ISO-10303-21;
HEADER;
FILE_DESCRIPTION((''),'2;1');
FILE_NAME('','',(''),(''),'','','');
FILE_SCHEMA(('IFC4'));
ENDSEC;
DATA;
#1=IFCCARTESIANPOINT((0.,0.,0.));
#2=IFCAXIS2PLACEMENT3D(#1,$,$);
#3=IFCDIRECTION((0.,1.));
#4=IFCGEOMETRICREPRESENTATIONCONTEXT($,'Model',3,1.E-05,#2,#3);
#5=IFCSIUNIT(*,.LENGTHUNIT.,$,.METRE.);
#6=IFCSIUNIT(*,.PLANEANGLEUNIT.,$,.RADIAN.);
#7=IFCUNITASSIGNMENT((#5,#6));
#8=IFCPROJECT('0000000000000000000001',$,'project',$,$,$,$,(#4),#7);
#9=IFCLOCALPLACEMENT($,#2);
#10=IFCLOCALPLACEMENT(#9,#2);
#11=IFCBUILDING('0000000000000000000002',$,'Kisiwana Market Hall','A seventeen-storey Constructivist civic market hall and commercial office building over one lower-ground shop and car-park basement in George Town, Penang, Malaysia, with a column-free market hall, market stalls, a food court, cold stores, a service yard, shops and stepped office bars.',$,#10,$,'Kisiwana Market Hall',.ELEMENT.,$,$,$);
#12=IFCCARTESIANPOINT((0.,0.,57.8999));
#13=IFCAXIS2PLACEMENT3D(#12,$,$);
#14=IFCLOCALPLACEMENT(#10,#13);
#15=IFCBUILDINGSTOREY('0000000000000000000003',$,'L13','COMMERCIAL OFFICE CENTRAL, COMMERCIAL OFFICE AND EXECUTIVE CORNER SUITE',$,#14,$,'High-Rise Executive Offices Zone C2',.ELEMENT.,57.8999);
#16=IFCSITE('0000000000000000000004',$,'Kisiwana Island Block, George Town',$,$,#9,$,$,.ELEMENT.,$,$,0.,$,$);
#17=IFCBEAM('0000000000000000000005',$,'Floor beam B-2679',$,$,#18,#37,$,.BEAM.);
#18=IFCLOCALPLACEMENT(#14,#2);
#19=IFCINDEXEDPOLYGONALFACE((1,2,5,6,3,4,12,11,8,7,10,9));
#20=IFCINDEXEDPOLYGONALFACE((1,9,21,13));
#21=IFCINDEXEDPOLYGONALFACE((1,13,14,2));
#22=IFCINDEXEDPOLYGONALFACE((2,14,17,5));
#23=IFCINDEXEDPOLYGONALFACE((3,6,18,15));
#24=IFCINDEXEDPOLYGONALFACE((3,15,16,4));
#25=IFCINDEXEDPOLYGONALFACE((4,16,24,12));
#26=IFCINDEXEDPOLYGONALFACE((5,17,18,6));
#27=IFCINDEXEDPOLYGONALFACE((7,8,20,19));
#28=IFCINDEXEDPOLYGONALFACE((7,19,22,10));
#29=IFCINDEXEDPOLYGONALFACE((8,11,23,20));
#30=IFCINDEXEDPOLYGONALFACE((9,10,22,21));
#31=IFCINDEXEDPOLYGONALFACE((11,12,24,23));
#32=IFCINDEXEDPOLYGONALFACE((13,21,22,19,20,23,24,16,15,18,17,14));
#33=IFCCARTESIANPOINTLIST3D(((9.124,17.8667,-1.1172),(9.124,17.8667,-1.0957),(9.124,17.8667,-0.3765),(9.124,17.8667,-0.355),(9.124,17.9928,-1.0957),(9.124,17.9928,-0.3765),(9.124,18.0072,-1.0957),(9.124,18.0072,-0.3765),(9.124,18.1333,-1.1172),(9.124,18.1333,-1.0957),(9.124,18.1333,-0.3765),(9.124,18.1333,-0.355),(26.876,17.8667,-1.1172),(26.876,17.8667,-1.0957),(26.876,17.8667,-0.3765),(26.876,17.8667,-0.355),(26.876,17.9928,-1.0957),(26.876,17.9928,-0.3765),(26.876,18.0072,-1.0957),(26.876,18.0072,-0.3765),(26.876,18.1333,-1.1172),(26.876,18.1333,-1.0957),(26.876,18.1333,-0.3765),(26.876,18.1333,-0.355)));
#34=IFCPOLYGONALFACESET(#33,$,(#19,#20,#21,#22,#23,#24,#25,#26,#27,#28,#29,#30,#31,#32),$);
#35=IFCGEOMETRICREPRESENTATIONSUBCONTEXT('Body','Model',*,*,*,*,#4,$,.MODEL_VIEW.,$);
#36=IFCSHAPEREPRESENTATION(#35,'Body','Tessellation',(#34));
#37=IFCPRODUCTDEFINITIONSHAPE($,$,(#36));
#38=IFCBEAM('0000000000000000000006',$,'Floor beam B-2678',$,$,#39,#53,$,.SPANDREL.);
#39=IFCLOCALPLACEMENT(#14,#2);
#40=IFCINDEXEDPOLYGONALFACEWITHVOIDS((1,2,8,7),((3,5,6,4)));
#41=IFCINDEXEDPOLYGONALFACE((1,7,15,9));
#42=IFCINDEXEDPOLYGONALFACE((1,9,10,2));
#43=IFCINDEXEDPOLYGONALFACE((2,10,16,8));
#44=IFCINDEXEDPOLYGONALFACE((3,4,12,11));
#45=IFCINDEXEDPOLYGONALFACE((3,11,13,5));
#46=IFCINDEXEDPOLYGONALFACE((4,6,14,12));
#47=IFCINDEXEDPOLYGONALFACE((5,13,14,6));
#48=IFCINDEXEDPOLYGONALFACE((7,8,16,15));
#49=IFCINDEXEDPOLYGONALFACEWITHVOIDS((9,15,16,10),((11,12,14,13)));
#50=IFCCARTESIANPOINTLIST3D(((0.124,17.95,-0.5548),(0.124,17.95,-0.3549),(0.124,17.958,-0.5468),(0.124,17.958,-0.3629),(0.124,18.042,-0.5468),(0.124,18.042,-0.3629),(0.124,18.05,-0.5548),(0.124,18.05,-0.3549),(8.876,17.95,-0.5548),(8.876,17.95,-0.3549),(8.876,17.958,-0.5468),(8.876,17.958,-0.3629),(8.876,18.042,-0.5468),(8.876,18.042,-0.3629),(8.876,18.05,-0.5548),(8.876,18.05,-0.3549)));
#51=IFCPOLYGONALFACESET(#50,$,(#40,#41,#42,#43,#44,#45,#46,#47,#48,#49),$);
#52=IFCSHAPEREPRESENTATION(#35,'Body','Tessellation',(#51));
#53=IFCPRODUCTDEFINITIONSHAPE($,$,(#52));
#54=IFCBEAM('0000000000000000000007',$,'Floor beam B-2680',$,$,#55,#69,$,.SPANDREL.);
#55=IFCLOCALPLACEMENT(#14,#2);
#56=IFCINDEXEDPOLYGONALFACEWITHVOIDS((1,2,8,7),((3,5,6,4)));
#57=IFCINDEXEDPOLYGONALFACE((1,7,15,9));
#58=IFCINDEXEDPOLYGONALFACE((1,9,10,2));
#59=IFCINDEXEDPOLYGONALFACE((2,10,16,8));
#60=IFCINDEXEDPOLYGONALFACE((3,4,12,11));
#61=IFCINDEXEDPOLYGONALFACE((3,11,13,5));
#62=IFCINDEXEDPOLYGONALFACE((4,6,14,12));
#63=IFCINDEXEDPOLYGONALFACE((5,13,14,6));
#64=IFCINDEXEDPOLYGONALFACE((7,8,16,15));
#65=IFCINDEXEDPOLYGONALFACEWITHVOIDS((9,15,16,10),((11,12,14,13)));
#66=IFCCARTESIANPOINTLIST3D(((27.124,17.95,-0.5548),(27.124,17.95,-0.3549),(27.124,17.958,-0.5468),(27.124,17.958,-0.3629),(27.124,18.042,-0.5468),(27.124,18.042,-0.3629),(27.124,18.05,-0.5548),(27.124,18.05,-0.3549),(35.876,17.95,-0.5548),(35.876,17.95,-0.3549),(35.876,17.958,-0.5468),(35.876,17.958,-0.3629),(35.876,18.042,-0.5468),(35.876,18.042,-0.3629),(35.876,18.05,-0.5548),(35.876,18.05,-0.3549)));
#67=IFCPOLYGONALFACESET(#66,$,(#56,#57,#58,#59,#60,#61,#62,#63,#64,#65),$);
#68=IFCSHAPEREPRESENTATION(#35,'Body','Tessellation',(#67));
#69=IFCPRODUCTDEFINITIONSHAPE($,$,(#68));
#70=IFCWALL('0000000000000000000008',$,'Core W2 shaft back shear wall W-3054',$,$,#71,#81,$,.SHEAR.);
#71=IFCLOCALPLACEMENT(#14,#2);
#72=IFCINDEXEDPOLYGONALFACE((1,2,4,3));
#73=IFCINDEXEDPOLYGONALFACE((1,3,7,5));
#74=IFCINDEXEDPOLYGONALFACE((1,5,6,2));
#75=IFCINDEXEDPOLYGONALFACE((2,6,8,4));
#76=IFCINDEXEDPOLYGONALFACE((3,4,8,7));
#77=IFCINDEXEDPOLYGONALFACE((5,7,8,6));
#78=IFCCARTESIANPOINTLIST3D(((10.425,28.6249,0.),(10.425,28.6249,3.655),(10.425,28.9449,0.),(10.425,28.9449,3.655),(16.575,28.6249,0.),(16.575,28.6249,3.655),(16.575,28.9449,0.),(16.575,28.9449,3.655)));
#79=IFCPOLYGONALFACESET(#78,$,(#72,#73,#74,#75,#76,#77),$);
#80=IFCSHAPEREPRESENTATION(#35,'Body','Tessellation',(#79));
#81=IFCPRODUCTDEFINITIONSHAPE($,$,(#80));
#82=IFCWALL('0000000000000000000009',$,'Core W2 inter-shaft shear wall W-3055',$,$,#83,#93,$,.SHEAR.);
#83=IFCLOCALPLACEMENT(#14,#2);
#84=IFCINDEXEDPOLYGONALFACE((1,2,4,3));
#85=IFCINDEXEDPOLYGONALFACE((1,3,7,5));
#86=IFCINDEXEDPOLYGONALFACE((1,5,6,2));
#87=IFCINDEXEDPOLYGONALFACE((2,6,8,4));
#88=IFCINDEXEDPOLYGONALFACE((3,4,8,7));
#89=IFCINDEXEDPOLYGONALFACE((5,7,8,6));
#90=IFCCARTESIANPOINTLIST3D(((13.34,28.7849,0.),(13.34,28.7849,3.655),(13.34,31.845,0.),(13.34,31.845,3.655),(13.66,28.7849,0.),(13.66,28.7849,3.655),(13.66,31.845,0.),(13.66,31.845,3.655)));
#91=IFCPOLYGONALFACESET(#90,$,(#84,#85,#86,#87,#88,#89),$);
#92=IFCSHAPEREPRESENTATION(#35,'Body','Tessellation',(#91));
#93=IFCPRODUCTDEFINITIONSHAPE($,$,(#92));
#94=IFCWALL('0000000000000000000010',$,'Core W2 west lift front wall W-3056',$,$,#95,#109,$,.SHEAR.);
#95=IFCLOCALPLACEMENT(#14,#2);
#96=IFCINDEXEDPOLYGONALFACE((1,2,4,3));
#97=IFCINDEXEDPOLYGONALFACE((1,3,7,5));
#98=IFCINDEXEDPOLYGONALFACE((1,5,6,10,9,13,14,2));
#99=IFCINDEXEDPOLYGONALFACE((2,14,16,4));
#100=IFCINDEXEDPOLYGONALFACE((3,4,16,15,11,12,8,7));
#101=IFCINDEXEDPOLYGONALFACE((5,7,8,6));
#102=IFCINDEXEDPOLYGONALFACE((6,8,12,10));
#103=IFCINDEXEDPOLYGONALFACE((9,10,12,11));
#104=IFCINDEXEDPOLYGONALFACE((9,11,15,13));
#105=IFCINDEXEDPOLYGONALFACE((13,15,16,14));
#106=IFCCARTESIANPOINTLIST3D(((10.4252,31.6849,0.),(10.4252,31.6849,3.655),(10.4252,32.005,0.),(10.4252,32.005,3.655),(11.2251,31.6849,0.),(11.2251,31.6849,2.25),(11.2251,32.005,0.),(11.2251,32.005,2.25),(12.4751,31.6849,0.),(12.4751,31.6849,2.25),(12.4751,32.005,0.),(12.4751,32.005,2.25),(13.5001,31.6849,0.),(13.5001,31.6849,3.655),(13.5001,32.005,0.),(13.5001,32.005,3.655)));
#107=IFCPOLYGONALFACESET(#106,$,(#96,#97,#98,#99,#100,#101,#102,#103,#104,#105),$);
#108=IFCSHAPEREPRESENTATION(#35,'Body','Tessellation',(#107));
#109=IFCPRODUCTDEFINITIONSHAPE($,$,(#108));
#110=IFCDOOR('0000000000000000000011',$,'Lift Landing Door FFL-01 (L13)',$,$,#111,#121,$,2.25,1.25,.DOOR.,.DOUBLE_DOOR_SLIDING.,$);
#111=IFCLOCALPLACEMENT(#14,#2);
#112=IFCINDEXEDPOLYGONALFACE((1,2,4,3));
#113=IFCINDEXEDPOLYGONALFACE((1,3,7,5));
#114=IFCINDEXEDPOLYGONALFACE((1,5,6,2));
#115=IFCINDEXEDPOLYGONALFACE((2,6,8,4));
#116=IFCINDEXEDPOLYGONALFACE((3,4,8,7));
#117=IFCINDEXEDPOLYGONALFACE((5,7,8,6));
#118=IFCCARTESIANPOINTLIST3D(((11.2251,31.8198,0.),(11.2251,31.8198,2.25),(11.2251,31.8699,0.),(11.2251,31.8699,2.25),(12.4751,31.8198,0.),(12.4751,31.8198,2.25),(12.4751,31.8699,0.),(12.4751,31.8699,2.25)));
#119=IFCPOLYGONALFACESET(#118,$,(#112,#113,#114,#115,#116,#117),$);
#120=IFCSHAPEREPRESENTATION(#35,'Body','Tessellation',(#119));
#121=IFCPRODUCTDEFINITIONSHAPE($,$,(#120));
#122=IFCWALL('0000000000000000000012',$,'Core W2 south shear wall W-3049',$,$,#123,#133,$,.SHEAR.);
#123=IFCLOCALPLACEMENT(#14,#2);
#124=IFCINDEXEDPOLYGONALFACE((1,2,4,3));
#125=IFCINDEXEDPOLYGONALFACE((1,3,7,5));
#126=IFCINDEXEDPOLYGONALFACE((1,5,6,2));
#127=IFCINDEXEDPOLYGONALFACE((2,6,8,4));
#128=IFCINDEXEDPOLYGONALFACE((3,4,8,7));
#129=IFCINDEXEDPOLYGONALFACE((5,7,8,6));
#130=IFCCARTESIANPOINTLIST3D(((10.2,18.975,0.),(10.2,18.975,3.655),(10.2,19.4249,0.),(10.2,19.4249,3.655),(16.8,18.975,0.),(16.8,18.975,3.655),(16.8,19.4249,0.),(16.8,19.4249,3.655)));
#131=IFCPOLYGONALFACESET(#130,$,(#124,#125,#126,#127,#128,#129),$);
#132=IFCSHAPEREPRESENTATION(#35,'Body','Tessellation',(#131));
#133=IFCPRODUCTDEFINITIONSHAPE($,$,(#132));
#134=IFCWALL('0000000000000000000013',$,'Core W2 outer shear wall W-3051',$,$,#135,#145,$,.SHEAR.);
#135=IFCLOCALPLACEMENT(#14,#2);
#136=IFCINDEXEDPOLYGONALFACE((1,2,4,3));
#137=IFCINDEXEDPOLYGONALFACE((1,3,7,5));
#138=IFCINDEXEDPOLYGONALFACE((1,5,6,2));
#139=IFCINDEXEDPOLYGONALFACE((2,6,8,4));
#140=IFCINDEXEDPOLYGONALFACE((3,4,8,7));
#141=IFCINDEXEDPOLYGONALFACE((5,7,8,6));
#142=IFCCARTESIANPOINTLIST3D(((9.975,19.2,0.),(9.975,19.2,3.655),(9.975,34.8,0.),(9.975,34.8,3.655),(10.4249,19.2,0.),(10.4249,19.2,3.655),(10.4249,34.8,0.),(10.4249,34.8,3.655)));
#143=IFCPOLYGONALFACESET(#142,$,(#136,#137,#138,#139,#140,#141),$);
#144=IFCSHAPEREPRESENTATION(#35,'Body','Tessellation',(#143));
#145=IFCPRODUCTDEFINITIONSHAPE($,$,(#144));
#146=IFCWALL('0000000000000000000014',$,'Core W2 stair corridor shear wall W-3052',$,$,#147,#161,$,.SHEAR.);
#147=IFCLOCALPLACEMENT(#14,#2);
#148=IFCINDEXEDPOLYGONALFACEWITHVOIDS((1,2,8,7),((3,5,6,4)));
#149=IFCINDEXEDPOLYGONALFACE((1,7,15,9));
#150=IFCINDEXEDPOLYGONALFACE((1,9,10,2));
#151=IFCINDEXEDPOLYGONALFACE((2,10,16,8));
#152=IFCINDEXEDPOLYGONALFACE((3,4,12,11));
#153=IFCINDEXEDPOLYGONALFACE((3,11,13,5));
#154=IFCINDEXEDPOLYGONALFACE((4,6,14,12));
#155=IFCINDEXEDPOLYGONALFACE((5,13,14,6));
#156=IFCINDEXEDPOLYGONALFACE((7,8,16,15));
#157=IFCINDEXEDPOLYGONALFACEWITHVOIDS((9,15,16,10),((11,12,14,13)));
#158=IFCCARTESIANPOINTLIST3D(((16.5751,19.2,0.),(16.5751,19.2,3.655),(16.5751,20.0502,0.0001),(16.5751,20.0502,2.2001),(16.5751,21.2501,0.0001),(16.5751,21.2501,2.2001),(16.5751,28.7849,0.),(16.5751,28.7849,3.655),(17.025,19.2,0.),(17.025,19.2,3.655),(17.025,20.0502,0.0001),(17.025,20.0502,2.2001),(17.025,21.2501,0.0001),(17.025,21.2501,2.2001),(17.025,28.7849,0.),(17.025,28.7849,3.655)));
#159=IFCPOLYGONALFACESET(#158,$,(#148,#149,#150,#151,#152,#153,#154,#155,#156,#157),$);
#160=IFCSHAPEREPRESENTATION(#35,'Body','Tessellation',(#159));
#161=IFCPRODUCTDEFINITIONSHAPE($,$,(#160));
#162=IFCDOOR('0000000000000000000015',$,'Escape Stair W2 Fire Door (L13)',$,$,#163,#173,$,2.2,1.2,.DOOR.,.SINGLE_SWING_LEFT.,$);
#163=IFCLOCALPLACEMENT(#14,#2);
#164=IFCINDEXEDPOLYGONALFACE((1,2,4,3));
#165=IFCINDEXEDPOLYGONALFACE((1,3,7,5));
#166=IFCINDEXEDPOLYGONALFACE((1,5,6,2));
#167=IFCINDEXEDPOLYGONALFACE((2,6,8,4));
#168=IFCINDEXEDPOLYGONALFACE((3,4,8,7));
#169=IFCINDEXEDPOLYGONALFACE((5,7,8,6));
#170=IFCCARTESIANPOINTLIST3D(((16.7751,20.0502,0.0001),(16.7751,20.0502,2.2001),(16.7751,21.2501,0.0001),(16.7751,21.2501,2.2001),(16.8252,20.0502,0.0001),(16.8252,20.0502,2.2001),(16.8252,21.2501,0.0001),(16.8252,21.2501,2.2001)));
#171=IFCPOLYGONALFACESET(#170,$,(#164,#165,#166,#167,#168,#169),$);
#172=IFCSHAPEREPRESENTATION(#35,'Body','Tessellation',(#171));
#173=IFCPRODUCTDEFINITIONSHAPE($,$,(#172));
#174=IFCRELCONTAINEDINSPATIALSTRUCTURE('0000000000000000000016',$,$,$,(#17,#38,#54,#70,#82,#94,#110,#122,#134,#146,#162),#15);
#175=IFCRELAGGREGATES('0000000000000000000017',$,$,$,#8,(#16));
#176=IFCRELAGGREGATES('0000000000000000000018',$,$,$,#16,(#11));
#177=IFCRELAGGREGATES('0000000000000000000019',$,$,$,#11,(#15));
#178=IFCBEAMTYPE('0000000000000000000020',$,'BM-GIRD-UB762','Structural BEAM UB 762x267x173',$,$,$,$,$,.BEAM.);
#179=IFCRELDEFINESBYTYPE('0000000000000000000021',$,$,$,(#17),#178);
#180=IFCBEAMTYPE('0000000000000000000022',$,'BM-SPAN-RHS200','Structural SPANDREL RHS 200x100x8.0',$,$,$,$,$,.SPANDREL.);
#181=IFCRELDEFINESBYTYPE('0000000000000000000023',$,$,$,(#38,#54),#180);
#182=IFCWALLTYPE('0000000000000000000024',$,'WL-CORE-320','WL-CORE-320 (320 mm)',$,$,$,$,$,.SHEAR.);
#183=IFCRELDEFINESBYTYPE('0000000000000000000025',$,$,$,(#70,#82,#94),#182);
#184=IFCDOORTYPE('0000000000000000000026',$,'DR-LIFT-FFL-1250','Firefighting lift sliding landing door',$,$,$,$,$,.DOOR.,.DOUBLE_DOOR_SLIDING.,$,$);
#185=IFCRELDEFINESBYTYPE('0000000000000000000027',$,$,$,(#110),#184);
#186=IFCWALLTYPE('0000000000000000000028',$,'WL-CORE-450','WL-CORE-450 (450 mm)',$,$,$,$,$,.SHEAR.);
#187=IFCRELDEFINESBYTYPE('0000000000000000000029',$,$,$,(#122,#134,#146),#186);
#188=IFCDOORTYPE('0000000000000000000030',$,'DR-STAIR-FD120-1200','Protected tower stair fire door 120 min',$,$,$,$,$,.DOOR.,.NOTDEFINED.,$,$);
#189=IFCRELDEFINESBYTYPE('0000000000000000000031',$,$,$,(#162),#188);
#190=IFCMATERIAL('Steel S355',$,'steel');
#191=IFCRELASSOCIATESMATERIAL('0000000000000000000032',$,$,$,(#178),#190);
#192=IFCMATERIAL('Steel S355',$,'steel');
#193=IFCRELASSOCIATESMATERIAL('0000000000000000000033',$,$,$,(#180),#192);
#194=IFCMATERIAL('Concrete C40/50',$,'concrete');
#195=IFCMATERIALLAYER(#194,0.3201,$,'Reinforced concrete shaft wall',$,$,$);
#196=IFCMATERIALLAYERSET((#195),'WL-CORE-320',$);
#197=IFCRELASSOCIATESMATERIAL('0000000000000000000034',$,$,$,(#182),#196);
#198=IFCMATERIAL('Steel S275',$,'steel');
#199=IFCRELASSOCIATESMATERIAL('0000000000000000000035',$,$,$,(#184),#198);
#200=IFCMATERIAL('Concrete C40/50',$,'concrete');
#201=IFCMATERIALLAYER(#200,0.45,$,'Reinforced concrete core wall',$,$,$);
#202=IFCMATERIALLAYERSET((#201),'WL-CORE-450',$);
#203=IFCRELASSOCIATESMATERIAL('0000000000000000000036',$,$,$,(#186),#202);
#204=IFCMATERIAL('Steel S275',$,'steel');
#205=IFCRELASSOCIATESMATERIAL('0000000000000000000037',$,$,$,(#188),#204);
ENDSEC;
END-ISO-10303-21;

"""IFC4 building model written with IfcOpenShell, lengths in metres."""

from ifc_helpers import new_model, si_unit, direction, frame, frame_2d, origin, origin_2d, place, context, subcontext, project, spatial, rectangle, hollow_rectangle, i_section, extrude, material, layer, layer_set, material_profile, profile_set, type_object, element, fill, save


model = new_model("IFC4")

# Units and contexts
model_context = context("Model", 3, precision=1e-05, world=origin(), true_north=direction((0.0, 1.0)))
body_context = subcontext(model_context, "Body", "Model", "MODEL_VIEW")
ifc_project = project(units=[si_unit("LENGTHUNIT", "METRE"), si_unit("PLANEANGLEUNIT", "RADIAN")], contexts=[model_context])

# Site, building, storey
site_placement = place(None, origin())
site = spatial("IfcSite", under=ifc_project, at=site_placement, Name="Kisiwana Island Block, George Town", CompositionType="ELEMENT", RefElevation=0.0)
building_placement = place(site_placement, origin())
building = spatial("IfcBuilding", under=site, at=building_placement, Name="Kisiwana Market Hall", Description="A seventeen-storey Constructivist civic market hall and commercial office building over one lower-ground shop and car-park basement in George Town, Penang, Malaysia, with a column-free market hall, market stalls, a food court, cold stores, a service yard, shops and stepped office bars.", LongName="Kisiwana Market Hall", CompositionType="ELEMENT")
storey_placement = place(building_placement, frame((0.0, 0.0, 57.8999)))
storey = spatial("IfcBuildingStorey", under=building, at=storey_placement, Name="L13", Description="COMMERCIAL OFFICE CENTRAL, COMMERCIAL OFFICE AND EXECUTIVE CORNER SUITE", LongName="High-Rise Executive Offices Zone C2", CompositionType="ELEMENT", Elevation=57.8999)

# Beams
ifc_material_1 = material(Name="Steel S355", Category="steel")
ifc_material_profile_1 = material_profile(ifc_material_1, i_section(OverallWidth=0.2666, OverallDepth=0.7622, WebThickness=0.0144, FlangeThickness=0.0215, at=origin_2d()), Name="UB 762x267x173")
ifc_profile_set_1 = profile_set([ifc_material_profile_1], Name="Steel S355")
beam_type_1 = type_object("IfcBeamType", Name="BM-GIRD-UB762", Description="Structural BEAM UB 762x267x173", PredefinedType="BEAM", material=ifc_profile_set_1)
beam_placement = place(storey_placement, frame((9.124, 18.0, -0.7361), z_axis=(1.0, 0.0, 0.0), x_axis=(0.0, 1.0, 0.0)))
element("IfcBeam", 1, at=beam_placement, inside=storey, type_object=beam_type_1, Name="Floor beam B-2679", PredefinedType="BEAM", context=body_context, shape_type="SweptSolid", body=[
    extrude(i_section(OverallWidth=0.2666, OverallDepth=0.7622, WebThickness=0.0144, FlangeThickness=0.0215, at=origin_2d()), origin(), (0.0, 0.0, 1.0), 17.752),
])
ifc_material_2 = material(Name="Steel S355", Category="steel")
ifc_material_profile_2 = material_profile(ifc_material_2, hollow_rectangle(XDim=0.1001, YDim=0.2, WallThickness=0.0081, at=origin_2d()), Name="RHS 200x100x8.0")
ifc_profile_set_2 = profile_set([ifc_material_profile_2], Name="Steel S355")
beam_type_2 = type_object("IfcBeamType", Name="BM-SPAN-RHS200", Description="Structural SPANDREL RHS 200x100x8.0", PredefinedType="SPANDREL", material=ifc_profile_set_2)
for number, where, z_axis, x_axis, name in (
    (2, (0.124, 18.0, -0.4548), (1.0, 0.0, 0.0), (0.0, 1.0, 0.0), "Floor beam B-2678"),
    (3, (27.124, 18.0, -0.4548), (1.0, 0.0, 0.0), (0.0, 1.0, 0.0), "Floor beam B-2680"),
):
    element("IfcBeam", number, at=place(storey_placement, frame(where, z_axis=z_axis, x_axis=x_axis)), inside=storey, type_object=beam_type_2, Name=name, PredefinedType="SPANDREL", context=body_context, shape_type="SweptSolid", body=[
        extrude(hollow_rectangle(XDim=0.1001, YDim=0.2, WallThickness=0.0081, at=origin_2d()), origin(), (0.0, 0.0, 1.0), 8.752),
    ])

# Walls
ifc_material_3 = material(Name="Concrete C40/50", Category="concrete")
ifc_layer_1 = layer(ifc_material_3, 0.3201, Name="Reinforced concrete shaft wall")
ifc_layer_set_1 = layer_set([ifc_layer_1], Name="WL-CORE-320")
wall_type_1 = type_object("IfcWallType", Name="WL-CORE-320", Description="WL-CORE-320 (320 mm)", PredefinedType="SHEAR", material=ifc_layer_set_1)
wall_1_placement = place(storey_placement, frame((10.425, 28.7849, 0.0), z_axis=(0.0, 0.0, 1.0), x_axis=(1.0, 0.0, 0.0)))
element("IfcWall", 4, at=wall_1_placement, inside=storey, type_object=wall_type_1, Name="Core W2 shaft back shear wall W-3054", PredefinedType="SHEAR", context=body_context, shape_type="SweptSolid", body=[
    extrude(rectangle(XDim=6.1499, YDim=0.3201, at=frame_2d((3.075, 0.0))), origin(), (0.0, 0.0, 1.0), 3.655),
])
wall_2_placement = place(storey_placement, frame((13.5, 28.7849, 0.0), z_axis=(0.0, 0.0, 1.0), x_axis=(0.0, 1.0, 0.0)))
element("IfcWall", 5, at=wall_2_placement, inside=storey, type_object=wall_type_1, Name="Core W2 inter-shaft shear wall W-3055", PredefinedType="SHEAR", context=body_context, shape_type="SweptSolid", body=[
    extrude(rectangle(XDim=3.0601, YDim=0.3201, at=frame_2d((1.53, 0.0))), origin(), (0.0, 0.0, 1.0), 3.655),
])

# Wall, opening, door
wall_3_placement = place(storey_placement, frame((10.425, 31.845, 0.0), z_axis=(0.0, 0.0, 1.0), x_axis=(1.0, 0.0, 0.0)))
wall_3 = element("IfcWall", 6, at=wall_3_placement, inside=storey, type_object=wall_type_1, Name="Core W2 west lift front wall W-3056", PredefinedType="SHEAR", context=body_context, shape_type="SweptSolid", body=[
    extrude(rectangle(XDim=3.075, YDim=0.3201, at=frame_2d((1.5376, 0.0))), origin(), (0.0, 0.0, 1.0), 3.655),
])
opening_1_placement = place(wall_3_placement, frame((0.8, 0.0, 0.0)))
opening_1 = element("IfcOpeningElement", 7, at=opening_1_placement, cuts=wall_3, PredefinedType="OPENING", context=body_context, shape_type="SweptSolid", body=[
    extrude(rectangle(XDim=1.25, YDim=2.25, at=frame_2d((0.625, 1.125))), frame((0.0, 0.1719, 0.0), z_axis=(0.0, -1.0, 0.0), x_axis=(1.0, 0.0, 0.0)), (0.0, 0.0, 1.0), 0.344),
])
ifc_material_4 = material(Name="Steel S275", Category="steel")
door_type_1 = type_object("IfcDoorType", Name="DR-LIFT-FFL-1250", Description="Firefighting lift sliding landing door", OperationType="DOUBLE_DOOR_SLIDING", PredefinedType="DOOR", material=ifc_material_4)
door_1_placement = place(opening_1_placement, origin())
door_1 = element("IfcDoor", 8, at=door_1_placement, inside=storey, type_object=door_type_1, Name="Lift Landing Door FFL-01 (L13)", OperationType="DOUBLE_DOOR_SLIDING", OverallHeight=2.25, OverallWidth=1.25, PredefinedType="DOOR", context=body_context, shape_type="SweptSolid", body=[
    extrude(rectangle(XDim=1.25, YDim=2.25, at=frame_2d((0.625, 1.125))), frame((0.0, 0.0249, 0.0), z_axis=(0.0, -1.0, 0.0), x_axis=(1.0, 0.0, 0.0)), (0.0, 0.0, 1.0), 0.05),
])
fill(opening_1, door_1)

# Walls
ifc_material_5 = material(Name="Concrete C40/50", Category="concrete")
ifc_layer_2 = layer(ifc_material_5, 0.45, Name="Reinforced concrete core wall")
ifc_layer_set_2 = layer_set([ifc_layer_2], Name="WL-CORE-450")
wall_type_2 = type_object("IfcWallType", Name="WL-CORE-450", Description="WL-CORE-450 (450 mm)", PredefinedType="SHEAR", material=ifc_layer_set_2)
wall_4_placement = place(storey_placement, frame((10.2, 19.2, 0.0), z_axis=(0.0, 0.0, 1.0), x_axis=(1.0, 0.0, 0.0)))
element("IfcWall", 9, at=wall_4_placement, inside=storey, type_object=wall_type_2, Name="Core W2 south shear wall W-3049", PredefinedType="SHEAR", context=body_context, shape_type="SweptSolid", body=[
    extrude(rectangle(XDim=6.6001, YDim=0.45, at=frame_2d((3.3, 0.0))), origin(), (0.0, 0.0, 1.0), 3.655),
])
wall_5_placement = place(storey_placement, frame((10.2, 19.2, 0.0), z_axis=(0.0, 0.0, 1.0), x_axis=(0.0, 1.0, 0.0)))
element("IfcWall", 10, at=wall_5_placement, inside=storey, type_object=wall_type_2, Name="Core W2 outer shear wall W-3051", PredefinedType="SHEAR", context=body_context, shape_type="SweptSolid", body=[
    extrude(rectangle(XDim=15.6001, YDim=0.45, at=frame_2d((7.8, 0.0))), origin(), (0.0, 0.0, 1.0), 3.655),
])

# Wall, opening, door
wall_6_placement = place(storey_placement, frame((16.8, 19.2, 0.0), z_axis=(0.0, 0.0, 1.0), x_axis=(0.0, 1.0, 0.0)))
wall_6 = element("IfcWall", 11, at=wall_6_placement, inside=storey, type_object=wall_type_2, Name="Core W2 stair corridor shear wall W-3052", PredefinedType="SHEAR", context=body_context, shape_type="SweptSolid", body=[
    extrude(rectangle(XDim=9.585, YDim=0.45, at=frame_2d((4.7925, 0.0))), origin(), (0.0, 0.0, 1.0), 3.655),
])
opening_2_placement = place(wall_6_placement, frame((0.8501, 0.0, 0.0)))
opening_2 = element("IfcOpeningElement", 12, at=opening_2_placement, cuts=wall_6, PredefinedType="OPENING", context=body_context, shape_type="SweptSolid", body=[
    extrude(rectangle(XDim=1.2, YDim=2.2, at=frame_2d((0.6001, 1.1001))), frame((0.0, 0.2368, 0.0), z_axis=(0.0, -1.0, 0.0), x_axis=(1.0, 0.0, 0.0)), (0.0, 0.0, 1.0), 0.4739),
])
ifc_material_6 = material(Name="Steel S275", Category="steel")
door_type_2 = type_object("IfcDoorType", Name="DR-STAIR-FD120-1200", Description="Protected tower stair fire door 120 min", OperationType="NOTDEFINED", PredefinedType="DOOR", material=ifc_material_6)
door_2_placement = place(opening_2_placement, origin())
door_2 = element("IfcDoor", 13, at=door_2_placement, inside=storey, type_object=door_type_2, Name="Escape Stair W2 Fire Door (L13)", OperationType="SINGLE_SWING_LEFT", OverallHeight=2.2, OverallWidth=1.2, PredefinedType="DOOR", context=body_context, shape_type="SweptSolid", body=[
    extrude(rectangle(XDim=1.2, YDim=2.2, at=frame_2d((0.6001, 1.1001))), frame((0.0, 0.0249, 0.0), z_axis=(0.0, -1.0, 0.0), x_axis=(1.0, 0.0, 0.0)), (0.0, 0.0, 1.0), 0.05),
])
fill(opening_2, door_2)

save(model, "model.ifc")
